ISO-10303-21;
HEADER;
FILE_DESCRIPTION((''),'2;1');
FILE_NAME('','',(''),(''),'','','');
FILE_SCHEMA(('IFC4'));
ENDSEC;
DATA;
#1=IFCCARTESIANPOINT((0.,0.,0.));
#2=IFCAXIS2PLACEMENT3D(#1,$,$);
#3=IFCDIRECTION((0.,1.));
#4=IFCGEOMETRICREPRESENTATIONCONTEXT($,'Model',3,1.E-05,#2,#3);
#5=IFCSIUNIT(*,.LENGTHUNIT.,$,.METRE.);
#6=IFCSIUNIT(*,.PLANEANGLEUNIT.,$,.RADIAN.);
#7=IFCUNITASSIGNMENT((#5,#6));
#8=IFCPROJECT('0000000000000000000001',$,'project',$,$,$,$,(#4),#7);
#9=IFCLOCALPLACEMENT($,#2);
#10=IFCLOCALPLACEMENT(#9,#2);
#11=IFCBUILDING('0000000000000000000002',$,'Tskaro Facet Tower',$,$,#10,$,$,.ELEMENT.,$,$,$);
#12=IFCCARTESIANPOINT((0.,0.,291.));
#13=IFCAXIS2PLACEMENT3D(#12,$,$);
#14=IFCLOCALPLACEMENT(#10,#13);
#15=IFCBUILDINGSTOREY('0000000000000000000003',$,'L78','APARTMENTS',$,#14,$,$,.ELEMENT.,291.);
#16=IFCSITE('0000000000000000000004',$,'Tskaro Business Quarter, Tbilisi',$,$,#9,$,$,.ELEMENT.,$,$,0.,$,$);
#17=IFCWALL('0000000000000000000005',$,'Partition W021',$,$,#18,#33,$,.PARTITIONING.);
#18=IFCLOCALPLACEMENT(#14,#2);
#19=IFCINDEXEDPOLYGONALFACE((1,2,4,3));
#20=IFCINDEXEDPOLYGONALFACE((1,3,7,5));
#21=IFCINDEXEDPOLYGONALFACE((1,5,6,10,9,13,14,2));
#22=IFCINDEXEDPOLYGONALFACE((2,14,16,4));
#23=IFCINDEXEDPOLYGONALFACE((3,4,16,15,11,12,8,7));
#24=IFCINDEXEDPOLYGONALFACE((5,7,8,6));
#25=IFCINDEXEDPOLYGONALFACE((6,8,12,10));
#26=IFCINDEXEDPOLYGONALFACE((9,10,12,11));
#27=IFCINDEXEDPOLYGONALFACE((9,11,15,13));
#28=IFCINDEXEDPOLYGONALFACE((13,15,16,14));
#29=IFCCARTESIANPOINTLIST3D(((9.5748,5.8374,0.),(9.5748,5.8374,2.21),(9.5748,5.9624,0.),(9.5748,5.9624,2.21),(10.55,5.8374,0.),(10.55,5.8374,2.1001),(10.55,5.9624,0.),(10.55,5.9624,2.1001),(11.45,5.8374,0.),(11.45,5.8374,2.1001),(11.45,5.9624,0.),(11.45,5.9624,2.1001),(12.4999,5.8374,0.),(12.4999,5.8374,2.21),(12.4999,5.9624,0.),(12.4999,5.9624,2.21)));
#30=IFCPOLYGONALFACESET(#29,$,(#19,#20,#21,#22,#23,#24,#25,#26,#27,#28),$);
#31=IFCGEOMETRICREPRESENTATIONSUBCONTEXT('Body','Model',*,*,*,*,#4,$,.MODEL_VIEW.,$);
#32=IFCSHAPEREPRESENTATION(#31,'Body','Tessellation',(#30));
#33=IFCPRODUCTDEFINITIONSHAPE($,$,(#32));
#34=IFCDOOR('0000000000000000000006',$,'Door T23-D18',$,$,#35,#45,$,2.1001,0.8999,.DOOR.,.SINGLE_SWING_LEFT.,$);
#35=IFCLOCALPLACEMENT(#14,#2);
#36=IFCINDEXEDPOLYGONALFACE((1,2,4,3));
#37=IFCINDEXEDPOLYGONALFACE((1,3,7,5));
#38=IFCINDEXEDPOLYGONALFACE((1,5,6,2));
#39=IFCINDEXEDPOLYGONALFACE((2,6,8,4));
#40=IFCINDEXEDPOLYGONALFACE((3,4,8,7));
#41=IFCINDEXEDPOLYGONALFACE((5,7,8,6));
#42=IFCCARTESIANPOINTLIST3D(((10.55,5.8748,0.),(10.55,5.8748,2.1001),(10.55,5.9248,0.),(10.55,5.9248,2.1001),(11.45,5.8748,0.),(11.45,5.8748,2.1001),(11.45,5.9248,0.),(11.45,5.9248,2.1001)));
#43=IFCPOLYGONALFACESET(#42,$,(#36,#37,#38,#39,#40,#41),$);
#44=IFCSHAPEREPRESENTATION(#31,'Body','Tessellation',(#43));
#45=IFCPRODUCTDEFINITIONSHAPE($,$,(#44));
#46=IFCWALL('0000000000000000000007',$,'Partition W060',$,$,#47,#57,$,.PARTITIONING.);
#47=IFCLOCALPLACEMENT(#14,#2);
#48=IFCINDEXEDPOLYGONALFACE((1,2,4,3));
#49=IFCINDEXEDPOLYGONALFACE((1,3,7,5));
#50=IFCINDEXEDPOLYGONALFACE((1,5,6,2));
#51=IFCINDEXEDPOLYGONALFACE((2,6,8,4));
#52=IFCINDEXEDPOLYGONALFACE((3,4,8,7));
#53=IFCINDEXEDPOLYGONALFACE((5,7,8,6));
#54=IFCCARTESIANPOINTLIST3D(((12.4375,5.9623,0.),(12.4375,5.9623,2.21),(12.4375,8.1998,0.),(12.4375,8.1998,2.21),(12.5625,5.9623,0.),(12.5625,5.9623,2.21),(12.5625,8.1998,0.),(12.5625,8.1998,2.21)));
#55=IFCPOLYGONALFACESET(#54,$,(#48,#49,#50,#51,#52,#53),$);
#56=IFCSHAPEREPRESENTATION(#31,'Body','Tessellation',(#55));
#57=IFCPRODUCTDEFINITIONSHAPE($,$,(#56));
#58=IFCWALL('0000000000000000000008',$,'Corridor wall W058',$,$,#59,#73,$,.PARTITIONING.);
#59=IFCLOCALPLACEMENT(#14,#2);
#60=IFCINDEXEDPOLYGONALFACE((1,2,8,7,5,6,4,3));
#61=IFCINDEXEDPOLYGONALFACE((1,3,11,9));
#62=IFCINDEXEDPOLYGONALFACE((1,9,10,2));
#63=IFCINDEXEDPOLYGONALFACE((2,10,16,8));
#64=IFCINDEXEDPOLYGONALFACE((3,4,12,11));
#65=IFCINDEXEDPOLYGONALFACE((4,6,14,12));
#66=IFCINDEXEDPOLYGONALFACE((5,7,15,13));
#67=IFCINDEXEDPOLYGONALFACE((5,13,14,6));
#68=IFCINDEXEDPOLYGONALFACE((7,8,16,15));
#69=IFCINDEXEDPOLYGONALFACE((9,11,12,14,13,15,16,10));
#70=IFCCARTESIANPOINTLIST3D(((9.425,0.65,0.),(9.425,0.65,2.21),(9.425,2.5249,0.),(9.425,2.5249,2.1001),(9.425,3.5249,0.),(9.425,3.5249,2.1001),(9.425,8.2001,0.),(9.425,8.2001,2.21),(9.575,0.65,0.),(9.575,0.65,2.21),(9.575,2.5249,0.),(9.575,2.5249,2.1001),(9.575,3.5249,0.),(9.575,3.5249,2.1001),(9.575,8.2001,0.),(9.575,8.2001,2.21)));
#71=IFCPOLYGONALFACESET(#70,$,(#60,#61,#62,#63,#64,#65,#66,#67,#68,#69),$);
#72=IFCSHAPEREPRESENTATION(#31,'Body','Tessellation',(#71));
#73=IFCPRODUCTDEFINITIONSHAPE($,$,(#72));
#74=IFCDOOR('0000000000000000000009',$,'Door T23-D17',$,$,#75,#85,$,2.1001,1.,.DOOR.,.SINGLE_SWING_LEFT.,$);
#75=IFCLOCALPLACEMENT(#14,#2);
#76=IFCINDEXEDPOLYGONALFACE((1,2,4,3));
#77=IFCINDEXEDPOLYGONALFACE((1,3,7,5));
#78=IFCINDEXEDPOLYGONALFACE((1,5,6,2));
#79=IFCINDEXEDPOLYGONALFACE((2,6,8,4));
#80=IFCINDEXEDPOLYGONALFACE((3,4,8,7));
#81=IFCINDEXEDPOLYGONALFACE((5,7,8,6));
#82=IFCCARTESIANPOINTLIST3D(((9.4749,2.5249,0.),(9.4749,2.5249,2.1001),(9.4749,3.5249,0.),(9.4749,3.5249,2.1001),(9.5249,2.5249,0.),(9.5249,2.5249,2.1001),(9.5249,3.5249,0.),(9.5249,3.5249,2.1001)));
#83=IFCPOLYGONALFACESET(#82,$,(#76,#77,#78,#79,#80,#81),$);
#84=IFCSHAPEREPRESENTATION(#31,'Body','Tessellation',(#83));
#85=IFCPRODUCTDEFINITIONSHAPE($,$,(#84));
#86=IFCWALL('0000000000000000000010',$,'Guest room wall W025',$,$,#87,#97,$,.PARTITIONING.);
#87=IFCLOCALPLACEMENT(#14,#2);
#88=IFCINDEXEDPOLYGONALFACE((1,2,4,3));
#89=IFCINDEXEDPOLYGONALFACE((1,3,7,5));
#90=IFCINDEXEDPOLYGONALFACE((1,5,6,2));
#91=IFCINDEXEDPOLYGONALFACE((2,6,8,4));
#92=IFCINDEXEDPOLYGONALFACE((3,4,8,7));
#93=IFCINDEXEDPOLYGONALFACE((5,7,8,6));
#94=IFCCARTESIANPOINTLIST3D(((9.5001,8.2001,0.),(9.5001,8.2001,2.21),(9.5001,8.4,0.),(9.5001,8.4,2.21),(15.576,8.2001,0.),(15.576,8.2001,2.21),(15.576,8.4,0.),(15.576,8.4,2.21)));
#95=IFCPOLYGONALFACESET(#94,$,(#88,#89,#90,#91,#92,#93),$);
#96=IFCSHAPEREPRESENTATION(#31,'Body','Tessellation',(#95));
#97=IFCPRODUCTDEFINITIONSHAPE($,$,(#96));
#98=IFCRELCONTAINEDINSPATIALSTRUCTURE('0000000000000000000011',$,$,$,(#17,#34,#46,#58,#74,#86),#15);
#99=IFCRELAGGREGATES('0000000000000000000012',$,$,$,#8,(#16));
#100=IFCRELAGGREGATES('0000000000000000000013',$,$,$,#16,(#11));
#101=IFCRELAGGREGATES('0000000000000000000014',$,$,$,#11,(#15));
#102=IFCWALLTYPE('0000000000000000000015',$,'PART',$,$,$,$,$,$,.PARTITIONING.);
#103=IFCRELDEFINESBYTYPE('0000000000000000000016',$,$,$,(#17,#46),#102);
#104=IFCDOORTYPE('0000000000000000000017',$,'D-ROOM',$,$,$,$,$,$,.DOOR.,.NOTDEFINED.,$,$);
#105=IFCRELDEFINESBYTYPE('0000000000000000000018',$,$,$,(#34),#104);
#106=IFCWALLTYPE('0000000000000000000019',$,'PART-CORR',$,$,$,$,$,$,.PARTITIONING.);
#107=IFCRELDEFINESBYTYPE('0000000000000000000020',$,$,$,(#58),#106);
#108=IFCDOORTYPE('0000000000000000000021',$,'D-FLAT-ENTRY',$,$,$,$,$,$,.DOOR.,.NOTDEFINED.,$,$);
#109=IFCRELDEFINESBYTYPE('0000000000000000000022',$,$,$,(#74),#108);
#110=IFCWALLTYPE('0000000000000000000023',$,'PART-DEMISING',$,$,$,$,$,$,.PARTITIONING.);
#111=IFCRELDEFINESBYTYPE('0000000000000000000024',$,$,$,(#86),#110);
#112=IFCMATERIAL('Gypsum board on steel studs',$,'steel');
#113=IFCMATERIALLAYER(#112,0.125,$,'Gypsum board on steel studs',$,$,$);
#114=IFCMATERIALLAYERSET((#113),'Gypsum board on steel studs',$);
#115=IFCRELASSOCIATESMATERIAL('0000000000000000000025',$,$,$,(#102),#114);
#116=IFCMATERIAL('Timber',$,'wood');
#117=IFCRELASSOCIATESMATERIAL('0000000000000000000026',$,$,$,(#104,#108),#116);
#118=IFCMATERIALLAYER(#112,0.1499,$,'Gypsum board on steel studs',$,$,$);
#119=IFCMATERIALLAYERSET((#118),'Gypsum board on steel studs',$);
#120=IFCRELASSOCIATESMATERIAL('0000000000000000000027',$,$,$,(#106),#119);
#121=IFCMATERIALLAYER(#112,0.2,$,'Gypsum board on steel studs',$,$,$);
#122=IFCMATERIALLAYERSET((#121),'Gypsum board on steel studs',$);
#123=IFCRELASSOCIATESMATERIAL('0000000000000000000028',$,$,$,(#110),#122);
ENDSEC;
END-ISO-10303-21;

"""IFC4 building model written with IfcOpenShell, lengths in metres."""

from ifc_helpers import new_model, si_unit, direction, frame, frame_2d, origin, place, context, subcontext, project, spatial, rectangle, extrude, material, layer, layer_set, type_object, element, fill, save


model = new_model("IFC4")

# Units and contexts
model_context = context("Model", 3, precision=1e-05, world=origin(), true_north=direction((0.0, 1.0)))
body_context = subcontext(model_context, "Body", "Model", "MODEL_VIEW")
ifc_project = project(units=[si_unit("LENGTHUNIT", "METRE"), si_unit("PLANEANGLEUNIT", "RADIAN")], contexts=[model_context])

# Site, building, storey
site_placement = place(None, origin())
site = spatial("IfcSite", under=ifc_project, at=site_placement, Name="Tskaro Business Quarter, Tbilisi", CompositionType="ELEMENT", RefElevation=0.0)
building_placement = place(site_placement, origin())
building = spatial("IfcBuilding", under=site, at=building_placement, Name="Tskaro Facet Tower", CompositionType="ELEMENT")
storey_placement = place(building_placement, frame((0.0, 0.0, 291.0)))
storey = spatial("IfcBuildingStorey", under=building, at=storey_placement, Name="L78", Description="APARTMENTS", CompositionType="ELEMENT", Elevation=291.0)

# Wall, opening, door
ifc_material_1 = material(Name="Gypsum board on steel studs", Category="steel")
ifc_layer_1 = layer(ifc_material_1, 0.125, Name="Gypsum board on steel studs")
ifc_layer_set_1 = layer_set([ifc_layer_1], Name="Gypsum board on steel studs")
wall_type_1 = type_object("IfcWallType", Name="PART", PredefinedType="PARTITIONING", material=ifc_layer_set_1)
wall_1_placement = place(storey_placement, frame((9.575, 5.8999, 0.0), z_axis=(0.0, 0.0, 1.0), x_axis=(1.0, 0.0, 0.0)))
wall_1 = element("IfcWall", 1, at=wall_1_placement, inside=storey, type_object=wall_type_1, Name="Partition W021", PredefinedType="PARTITIONING", context=body_context, shape_type="SweptSolid", body=[
    extrude(rectangle(XDim=2.925, YDim=0.125, at=frame_2d((1.4624, 0.0))), origin(), (0.0, 0.0, 1.0), 2.21),
])
opening_1_placement = place(wall_1_placement, frame((0.9751, 0.0, 0.0)))
opening_1 = element("IfcOpeningElement", 2, at=opening_1_placement, cuts=wall_1, PredefinedType="OPENING", context=body_context, shape_type="SweptSolid", body=[
    extrude(rectangle(XDim=0.8999, YDim=2.1001, at=frame_2d((0.45, 1.05))), frame((0.0, 0.0725, 0.0), z_axis=(0.0, -1.0, 0.0), x_axis=(1.0, 0.0, 0.0)), (0.0, 0.0, 1.0), 0.145),
])
ifc_material_2 = material(Name="Timber", Category="wood")
door_type_1 = type_object("IfcDoorType", Name="D-ROOM", OperationType="NOTDEFINED", PredefinedType="DOOR", material=ifc_material_2)
door_1_placement = place(opening_1_placement, origin())
door_1 = element("IfcDoor", 3, at=door_1_placement, inside=storey, type_object=door_type_1, Name="Door T23-D18", OperationType="SINGLE_SWING_LEFT", OverallHeight=2.1001, OverallWidth=0.8999, PredefinedType="DOOR", context=body_context, shape_type="SweptSolid", body=[
    extrude(rectangle(XDim=0.8999, YDim=2.1001, at=frame_2d((0.45, 1.05))), frame((0.0, 0.0249, 0.0), z_axis=(0.0, -1.0, 0.0), x_axis=(1.0, 0.0, 0.0)), (0.0, 0.0, 1.0), 0.05),
])
fill(opening_1, door_1)

# Wall
wall_2_placement = place(storey_placement, frame((12.5, 5.9624, 0.0), z_axis=(0.0, 0.0, 1.0), x_axis=(0.0, 1.0, 0.0)))
element("IfcWall", 4, at=wall_2_placement, inside=storey, type_object=wall_type_1, Name="Partition W060", PredefinedType="PARTITIONING", context=body_context, shape_type="SweptSolid", body=[
    extrude(rectangle(XDim=2.2375, YDim=0.125, at=frame_2d((1.1187, 0.0))), origin(), (0.0, 0.0, 1.0), 2.21),
])

# Wall, opening, door
ifc_layer_2 = layer(ifc_material_1, 0.1499, Name="Gypsum board on steel studs")
ifc_layer_set_2 = layer_set([ifc_layer_2], Name="Gypsum board on steel studs")
wall_type_2 = type_object("IfcWallType", Name="PART-CORR", PredefinedType="PARTITIONING", material=ifc_layer_set_2)
wall_3_placement = place(storey_placement, frame((9.5, 8.2, 0.0), z_axis=(0.0, 0.0, 1.0), x_axis=(0.0, -1.0, 0.0)))
wall_3 = element("IfcWall", 5, at=wall_3_placement, inside=storey, type_object=wall_type_2, Name="Corridor wall W058", PredefinedType="PARTITIONING", context=body_context, shape_type="SweptSolid", body=[
    extrude(rectangle(XDim=7.55, YDim=0.1499, at=frame_2d((3.7749, 0.0))), origin(), (0.0, 0.0, 1.0), 2.21),
])
opening_2_placement = place(wall_3_placement, frame((4.675, 0.0, 0.0)))
opening_2 = element("IfcOpeningElement", 6, at=opening_2_placement, cuts=wall_3, PredefinedType="OPENING", context=body_context, shape_type="SweptSolid", body=[
    extrude(rectangle(XDim=1.0, YDim=2.1001, at=frame_2d((0.5, 1.05))), frame((0.0, 0.085, 0.0), z_axis=(0.0, -1.0, 0.0), x_axis=(1.0, 0.0, 0.0)), (0.0, 0.0, 1.0), 0.1699),
])
door_type_2 = type_object("IfcDoorType", Name="D-FLAT-ENTRY", OperationType="NOTDEFINED", PredefinedType="DOOR", material=ifc_material_2)
door_2_placement = place(opening_2_placement, origin())
door_2 = element("IfcDoor", 7, at=door_2_placement, inside=storey, type_object=door_type_2, Name="Door T23-D17", OperationType="SINGLE_SWING_LEFT", OverallHeight=2.1001, OverallWidth=1.0, PredefinedType="DOOR", context=body_context, shape_type="SweptSolid", body=[
    extrude(rectangle(XDim=1.0, YDim=2.1001, at=frame_2d((0.5, 1.05))), frame((0.0, 0.0249, 0.0), z_axis=(0.0, -1.0, 0.0), x_axis=(1.0, 0.0, 0.0)), (0.0, 0.0, 1.0), 0.05),
])
fill(opening_2, door_2)

# Wall
ifc_layer_3 = layer(ifc_material_1, 0.2, Name="Gypsum board on steel studs")
ifc_layer_set_3 = layer_set([ifc_layer_3], Name="Gypsum board on steel studs")
wall_type_3 = type_object("IfcWallType", Name="PART-DEMISING", PredefinedType="PARTITIONING", material=ifc_layer_set_3)
wall_4_placement = place(storey_placement, frame((9.5, 8.3, 0.0), z_axis=(0.0, 0.0, 1.0), x_axis=(1.0, 0.0, 0.0)))
element("IfcWall", 8, at=wall_4_placement, inside=storey, type_object=wall_type_3, Name="Guest room wall W025", PredefinedType="PARTITIONING", context=body_context, shape_type="SweptSolid", body=[
    extrude(rectangle(XDim=6.0759, YDim=0.2, at=frame_2d((3.0381, 0.0))), origin(), (0.0, 0.0, 1.0), 2.21),
])

save(model, "model.ifc")
